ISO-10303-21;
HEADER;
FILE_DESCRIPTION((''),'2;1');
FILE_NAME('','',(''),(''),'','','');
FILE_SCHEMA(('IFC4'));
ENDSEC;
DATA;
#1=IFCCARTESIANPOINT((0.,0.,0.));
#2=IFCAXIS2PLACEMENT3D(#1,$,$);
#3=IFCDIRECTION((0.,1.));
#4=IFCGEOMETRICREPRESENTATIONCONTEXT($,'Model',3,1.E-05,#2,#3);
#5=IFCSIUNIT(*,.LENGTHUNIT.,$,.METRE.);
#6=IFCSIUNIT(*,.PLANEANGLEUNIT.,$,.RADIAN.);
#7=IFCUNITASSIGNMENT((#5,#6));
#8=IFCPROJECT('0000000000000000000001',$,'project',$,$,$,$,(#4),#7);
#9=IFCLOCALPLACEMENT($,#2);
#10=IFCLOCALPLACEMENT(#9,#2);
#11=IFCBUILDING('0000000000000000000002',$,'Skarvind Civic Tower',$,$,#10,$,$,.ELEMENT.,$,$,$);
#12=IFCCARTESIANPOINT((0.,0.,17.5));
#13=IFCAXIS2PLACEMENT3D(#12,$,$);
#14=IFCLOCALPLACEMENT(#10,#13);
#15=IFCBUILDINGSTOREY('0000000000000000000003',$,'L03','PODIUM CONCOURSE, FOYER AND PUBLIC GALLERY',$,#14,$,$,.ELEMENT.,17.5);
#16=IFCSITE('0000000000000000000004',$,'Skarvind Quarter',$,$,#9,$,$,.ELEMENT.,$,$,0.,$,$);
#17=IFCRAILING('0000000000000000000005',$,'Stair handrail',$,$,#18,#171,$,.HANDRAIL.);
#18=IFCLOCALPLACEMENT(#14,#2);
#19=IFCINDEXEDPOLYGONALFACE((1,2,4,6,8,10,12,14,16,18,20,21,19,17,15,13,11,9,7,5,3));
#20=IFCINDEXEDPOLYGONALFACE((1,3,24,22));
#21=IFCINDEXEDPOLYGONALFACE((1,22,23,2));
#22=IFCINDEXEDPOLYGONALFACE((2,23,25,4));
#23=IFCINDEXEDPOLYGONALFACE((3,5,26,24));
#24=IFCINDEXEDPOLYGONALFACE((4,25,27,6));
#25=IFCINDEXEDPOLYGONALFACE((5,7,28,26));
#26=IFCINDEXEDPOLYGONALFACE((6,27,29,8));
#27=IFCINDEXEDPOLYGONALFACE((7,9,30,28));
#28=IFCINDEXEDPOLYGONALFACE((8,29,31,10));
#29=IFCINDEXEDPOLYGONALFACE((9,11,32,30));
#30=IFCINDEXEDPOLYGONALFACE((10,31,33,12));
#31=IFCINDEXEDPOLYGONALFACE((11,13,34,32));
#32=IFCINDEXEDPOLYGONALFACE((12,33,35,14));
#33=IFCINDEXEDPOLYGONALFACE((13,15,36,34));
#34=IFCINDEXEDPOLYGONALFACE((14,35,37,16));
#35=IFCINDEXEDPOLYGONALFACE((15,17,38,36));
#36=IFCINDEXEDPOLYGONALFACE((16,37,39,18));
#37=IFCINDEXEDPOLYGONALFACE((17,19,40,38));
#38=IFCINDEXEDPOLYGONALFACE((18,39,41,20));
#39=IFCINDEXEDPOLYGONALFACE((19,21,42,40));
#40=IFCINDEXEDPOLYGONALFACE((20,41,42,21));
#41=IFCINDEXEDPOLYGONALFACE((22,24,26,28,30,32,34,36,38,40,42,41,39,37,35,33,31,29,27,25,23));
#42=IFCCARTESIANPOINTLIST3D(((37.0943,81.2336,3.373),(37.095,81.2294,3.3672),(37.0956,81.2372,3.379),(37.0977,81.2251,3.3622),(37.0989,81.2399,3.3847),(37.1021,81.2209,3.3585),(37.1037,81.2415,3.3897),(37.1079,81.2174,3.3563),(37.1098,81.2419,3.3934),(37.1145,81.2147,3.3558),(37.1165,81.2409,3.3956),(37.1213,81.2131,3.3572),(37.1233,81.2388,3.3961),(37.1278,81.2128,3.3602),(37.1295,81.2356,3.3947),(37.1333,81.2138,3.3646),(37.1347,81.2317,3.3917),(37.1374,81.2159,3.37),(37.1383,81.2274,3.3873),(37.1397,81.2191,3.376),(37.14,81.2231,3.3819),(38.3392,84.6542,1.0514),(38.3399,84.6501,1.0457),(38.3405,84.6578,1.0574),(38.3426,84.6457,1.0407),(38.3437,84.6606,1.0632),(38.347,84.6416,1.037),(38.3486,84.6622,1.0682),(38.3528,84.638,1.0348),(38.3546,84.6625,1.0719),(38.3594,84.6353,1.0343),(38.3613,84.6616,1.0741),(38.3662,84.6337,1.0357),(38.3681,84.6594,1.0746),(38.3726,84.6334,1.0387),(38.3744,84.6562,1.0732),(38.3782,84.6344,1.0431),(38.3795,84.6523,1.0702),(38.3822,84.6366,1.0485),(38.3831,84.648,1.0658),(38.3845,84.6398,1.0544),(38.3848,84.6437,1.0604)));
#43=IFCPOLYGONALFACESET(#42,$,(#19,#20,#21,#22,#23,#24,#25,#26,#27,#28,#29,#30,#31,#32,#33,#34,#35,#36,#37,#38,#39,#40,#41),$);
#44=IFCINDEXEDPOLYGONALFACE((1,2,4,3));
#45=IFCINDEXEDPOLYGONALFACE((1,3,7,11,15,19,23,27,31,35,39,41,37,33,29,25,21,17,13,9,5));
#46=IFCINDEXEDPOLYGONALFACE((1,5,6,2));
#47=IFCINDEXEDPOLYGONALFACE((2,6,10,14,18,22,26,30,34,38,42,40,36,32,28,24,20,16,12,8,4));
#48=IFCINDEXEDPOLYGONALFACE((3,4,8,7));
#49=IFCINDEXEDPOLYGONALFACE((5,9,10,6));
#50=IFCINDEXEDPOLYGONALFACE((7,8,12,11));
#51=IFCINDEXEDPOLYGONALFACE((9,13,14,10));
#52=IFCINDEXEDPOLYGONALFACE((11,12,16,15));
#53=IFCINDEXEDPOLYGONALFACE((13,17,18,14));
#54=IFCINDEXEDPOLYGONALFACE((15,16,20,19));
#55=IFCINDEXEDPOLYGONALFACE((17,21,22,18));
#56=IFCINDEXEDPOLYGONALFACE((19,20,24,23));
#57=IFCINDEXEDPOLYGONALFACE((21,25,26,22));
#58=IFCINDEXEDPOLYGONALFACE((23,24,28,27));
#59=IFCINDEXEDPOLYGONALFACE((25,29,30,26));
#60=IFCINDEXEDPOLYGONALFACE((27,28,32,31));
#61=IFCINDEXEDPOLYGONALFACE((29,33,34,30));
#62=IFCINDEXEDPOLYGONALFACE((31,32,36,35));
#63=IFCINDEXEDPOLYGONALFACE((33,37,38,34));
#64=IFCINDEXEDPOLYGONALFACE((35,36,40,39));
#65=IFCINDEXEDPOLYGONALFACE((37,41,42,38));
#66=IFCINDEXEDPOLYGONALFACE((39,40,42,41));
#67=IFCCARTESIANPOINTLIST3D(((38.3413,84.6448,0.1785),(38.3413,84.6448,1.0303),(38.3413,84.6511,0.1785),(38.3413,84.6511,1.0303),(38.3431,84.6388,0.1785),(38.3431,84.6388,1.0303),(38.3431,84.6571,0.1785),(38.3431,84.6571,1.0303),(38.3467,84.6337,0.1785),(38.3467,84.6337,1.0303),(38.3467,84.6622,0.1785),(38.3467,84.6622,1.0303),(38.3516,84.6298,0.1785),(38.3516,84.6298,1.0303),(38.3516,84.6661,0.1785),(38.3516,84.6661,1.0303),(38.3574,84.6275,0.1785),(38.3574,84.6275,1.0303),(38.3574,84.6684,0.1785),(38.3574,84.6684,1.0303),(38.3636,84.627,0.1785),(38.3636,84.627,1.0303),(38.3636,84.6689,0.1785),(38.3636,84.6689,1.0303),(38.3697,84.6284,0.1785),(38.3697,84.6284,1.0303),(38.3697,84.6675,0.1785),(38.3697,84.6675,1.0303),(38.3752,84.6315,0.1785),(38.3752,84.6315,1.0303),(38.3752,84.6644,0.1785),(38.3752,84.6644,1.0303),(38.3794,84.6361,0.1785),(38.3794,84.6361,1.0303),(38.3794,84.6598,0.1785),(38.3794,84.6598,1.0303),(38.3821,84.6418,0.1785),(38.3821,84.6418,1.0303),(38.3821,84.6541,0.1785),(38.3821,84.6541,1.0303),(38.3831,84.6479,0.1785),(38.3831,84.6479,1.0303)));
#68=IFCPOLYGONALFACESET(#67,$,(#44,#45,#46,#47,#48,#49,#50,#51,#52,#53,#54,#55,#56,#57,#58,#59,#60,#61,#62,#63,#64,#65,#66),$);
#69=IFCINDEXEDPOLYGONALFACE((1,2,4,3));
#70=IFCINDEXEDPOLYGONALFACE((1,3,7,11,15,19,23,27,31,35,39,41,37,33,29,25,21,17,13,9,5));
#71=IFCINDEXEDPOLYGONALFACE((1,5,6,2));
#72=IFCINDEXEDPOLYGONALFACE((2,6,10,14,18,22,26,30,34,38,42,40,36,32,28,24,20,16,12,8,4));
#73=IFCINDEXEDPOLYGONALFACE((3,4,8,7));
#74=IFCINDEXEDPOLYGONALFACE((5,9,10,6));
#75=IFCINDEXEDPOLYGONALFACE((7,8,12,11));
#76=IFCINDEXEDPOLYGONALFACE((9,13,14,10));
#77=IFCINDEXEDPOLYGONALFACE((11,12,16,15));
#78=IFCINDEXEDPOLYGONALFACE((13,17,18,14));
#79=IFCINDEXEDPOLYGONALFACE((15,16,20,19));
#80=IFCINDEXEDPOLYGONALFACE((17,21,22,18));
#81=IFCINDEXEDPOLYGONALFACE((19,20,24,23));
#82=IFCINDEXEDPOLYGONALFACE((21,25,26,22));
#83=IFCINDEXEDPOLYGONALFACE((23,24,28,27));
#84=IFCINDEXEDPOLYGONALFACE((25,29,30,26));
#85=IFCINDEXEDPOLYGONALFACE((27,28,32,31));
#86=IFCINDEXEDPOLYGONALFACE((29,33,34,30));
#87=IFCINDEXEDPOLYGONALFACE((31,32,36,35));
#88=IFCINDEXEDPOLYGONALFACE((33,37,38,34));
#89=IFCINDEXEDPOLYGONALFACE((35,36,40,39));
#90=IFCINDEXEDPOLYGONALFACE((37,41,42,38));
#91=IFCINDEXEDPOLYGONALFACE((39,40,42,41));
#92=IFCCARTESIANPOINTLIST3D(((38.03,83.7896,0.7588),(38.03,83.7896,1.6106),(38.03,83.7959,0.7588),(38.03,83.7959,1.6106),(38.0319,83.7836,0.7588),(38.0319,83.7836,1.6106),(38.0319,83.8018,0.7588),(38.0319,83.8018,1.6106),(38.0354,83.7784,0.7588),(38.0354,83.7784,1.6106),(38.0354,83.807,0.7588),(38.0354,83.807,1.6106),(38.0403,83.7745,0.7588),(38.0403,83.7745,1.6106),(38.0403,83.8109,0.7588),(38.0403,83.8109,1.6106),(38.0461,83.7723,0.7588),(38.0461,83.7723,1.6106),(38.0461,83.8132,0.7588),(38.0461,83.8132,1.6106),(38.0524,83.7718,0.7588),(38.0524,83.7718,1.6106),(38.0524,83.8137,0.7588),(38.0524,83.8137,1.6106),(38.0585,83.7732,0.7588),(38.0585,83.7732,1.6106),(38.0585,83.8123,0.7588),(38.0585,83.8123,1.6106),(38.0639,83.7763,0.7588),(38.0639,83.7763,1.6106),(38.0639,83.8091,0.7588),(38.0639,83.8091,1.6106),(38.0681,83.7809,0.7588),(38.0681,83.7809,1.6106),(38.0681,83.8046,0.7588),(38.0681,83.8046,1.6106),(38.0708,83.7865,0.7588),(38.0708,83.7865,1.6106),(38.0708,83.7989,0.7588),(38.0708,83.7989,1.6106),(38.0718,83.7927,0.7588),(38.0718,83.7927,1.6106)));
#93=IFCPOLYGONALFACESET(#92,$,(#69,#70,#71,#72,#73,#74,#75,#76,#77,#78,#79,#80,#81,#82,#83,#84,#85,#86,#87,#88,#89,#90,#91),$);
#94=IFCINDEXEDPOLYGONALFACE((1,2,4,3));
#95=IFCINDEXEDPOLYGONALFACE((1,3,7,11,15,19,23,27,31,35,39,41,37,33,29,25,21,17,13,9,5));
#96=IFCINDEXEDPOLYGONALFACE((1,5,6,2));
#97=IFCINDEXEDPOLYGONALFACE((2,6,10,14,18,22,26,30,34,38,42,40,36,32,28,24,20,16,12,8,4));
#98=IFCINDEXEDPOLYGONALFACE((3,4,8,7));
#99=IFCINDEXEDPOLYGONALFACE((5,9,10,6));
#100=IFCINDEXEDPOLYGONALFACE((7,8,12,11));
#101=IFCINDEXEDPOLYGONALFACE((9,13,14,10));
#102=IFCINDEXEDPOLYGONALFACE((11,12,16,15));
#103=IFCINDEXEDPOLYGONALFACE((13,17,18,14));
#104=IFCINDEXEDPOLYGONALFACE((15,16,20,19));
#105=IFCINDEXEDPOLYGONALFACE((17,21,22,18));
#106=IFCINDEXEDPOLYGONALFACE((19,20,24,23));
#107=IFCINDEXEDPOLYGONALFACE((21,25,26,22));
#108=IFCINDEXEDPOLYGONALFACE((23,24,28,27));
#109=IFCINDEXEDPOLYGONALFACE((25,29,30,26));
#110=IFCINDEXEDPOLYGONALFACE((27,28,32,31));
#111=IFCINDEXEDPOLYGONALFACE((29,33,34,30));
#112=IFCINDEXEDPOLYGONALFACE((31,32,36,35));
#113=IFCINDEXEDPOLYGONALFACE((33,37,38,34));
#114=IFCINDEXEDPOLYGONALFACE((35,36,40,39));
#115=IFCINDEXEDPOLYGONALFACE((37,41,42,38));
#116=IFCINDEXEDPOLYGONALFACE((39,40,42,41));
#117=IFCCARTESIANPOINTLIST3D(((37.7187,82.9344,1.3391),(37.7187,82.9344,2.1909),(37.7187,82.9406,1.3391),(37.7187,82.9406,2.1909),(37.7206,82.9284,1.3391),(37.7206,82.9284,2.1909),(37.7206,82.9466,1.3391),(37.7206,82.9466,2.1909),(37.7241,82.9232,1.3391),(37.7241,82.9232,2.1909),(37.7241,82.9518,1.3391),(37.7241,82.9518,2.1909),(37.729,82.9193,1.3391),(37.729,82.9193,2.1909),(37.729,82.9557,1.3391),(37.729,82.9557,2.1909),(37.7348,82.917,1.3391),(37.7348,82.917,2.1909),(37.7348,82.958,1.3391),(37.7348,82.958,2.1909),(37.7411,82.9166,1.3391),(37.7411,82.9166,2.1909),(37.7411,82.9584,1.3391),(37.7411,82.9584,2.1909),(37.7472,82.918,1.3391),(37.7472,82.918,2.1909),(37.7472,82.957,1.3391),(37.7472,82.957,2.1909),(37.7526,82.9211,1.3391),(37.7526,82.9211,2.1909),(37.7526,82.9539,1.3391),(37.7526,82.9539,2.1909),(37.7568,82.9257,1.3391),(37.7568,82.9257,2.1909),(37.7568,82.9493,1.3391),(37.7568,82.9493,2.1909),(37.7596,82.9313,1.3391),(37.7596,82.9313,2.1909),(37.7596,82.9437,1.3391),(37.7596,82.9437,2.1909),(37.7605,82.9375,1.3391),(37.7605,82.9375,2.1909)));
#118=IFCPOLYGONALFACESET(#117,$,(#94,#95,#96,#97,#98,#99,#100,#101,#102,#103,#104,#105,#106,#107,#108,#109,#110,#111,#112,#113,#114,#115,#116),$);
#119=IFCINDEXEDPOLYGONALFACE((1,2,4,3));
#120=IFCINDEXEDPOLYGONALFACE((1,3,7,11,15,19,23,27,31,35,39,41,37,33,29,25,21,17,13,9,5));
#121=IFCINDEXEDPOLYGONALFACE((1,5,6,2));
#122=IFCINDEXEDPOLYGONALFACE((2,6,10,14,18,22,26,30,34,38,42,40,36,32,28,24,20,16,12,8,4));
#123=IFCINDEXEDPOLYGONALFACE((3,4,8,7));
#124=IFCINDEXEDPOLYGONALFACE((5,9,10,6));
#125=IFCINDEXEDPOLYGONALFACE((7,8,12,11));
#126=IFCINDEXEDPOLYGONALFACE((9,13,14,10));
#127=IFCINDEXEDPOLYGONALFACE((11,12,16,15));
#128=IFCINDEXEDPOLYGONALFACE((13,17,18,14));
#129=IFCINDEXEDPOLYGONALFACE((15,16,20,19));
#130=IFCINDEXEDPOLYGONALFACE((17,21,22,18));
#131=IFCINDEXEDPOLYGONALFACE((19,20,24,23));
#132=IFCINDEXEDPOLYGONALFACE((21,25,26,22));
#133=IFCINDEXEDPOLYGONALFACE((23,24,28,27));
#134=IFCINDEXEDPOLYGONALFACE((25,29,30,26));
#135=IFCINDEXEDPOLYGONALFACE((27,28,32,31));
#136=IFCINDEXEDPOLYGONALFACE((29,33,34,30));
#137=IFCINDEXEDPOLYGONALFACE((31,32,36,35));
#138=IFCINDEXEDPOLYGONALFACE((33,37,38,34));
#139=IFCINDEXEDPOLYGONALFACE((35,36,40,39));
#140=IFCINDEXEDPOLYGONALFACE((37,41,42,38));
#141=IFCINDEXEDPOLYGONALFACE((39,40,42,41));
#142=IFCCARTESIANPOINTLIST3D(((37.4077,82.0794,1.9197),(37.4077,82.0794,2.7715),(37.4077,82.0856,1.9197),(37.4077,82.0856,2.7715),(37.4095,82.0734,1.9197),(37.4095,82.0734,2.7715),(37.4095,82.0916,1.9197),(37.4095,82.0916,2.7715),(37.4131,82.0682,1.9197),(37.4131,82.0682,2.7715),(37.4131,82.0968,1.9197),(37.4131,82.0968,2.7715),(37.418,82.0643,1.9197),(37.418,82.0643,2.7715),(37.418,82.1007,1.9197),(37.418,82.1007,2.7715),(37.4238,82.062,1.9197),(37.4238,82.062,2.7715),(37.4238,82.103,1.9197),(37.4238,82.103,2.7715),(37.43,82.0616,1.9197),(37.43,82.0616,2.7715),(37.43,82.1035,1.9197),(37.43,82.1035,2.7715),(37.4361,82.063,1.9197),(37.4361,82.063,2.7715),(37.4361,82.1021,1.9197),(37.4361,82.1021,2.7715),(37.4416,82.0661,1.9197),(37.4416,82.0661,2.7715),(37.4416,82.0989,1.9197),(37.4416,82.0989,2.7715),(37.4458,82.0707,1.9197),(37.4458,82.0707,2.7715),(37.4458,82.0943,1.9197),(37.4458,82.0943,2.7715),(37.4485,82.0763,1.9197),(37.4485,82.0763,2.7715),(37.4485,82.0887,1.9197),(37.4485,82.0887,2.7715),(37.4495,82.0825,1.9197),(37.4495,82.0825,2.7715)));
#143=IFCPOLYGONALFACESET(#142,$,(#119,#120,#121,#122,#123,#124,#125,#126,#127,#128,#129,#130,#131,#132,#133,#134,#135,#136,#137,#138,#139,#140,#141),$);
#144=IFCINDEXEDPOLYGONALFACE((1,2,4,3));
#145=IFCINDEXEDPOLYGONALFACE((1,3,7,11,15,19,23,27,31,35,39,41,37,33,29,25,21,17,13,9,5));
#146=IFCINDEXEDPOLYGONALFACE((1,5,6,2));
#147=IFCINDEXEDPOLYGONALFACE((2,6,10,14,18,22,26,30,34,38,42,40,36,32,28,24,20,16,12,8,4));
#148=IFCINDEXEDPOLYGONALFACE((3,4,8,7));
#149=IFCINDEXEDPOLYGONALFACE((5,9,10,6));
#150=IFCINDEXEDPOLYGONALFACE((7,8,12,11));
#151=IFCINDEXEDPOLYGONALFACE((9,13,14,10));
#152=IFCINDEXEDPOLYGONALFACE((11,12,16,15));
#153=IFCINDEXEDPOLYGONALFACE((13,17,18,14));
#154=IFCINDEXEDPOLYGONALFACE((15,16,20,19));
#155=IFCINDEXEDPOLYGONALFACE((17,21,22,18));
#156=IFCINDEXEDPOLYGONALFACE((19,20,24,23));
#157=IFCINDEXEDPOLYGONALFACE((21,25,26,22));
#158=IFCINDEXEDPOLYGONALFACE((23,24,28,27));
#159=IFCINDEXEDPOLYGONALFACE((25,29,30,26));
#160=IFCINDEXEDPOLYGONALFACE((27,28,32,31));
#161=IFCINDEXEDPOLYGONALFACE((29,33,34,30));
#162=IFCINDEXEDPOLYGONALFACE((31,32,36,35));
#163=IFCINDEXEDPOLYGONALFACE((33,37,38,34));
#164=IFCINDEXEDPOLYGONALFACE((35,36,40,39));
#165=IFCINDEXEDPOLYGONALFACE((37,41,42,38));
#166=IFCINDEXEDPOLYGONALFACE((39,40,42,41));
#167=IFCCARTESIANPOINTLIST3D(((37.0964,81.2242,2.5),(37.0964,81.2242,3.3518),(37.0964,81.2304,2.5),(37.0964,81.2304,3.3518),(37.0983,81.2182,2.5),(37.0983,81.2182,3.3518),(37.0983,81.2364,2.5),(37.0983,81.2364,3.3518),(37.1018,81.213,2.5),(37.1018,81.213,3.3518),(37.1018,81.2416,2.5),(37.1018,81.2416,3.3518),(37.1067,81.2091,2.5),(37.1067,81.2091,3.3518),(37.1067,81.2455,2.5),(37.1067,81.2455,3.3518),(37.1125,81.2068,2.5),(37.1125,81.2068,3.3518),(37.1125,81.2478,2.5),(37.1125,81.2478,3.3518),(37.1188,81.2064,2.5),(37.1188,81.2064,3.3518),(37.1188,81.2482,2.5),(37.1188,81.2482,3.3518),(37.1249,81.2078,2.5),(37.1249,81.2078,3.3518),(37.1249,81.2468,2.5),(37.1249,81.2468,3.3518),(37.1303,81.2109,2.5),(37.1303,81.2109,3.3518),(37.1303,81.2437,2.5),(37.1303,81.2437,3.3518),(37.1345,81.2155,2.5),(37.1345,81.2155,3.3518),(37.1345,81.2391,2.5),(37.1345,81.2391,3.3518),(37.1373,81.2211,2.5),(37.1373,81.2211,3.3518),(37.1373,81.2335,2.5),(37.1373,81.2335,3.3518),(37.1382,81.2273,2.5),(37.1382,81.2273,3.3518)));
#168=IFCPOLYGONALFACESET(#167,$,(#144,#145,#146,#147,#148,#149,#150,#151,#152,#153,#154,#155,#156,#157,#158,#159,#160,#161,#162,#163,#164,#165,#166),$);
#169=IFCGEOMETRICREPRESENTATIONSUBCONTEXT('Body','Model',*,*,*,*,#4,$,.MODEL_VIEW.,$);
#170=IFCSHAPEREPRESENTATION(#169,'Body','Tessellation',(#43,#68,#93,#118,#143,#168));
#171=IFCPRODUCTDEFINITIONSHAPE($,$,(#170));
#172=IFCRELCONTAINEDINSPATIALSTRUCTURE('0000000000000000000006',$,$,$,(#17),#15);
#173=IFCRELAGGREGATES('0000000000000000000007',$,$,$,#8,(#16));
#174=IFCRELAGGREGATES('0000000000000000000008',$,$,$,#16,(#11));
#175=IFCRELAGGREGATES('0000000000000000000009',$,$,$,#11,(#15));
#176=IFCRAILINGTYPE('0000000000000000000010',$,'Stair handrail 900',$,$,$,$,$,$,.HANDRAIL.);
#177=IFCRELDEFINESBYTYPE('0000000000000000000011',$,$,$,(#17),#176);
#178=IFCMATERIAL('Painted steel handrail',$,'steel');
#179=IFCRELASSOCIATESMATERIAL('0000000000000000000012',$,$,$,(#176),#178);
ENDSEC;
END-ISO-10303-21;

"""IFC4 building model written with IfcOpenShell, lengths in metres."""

from ifc_helpers import new_model, si_unit, direction, frame, origin, origin_2d, place, context, subcontext, project, spatial, circle, extrude, material, type_object, element, save


model = new_model("IFC4")

# Units and contexts
model_context = context("Model", 3, precision=1e-05, world=origin(), true_north=direction((0.0, 1.0)))
body_context = subcontext(model_context, "Body", "Model", "MODEL_VIEW")
ifc_project = project(units=[si_unit("LENGTHUNIT", "METRE"), si_unit("PLANEANGLEUNIT", "RADIAN")], contexts=[model_context])

# Site, building, storey
site_placement = place(None, origin())
site = spatial("IfcSite", under=ifc_project, at=site_placement, Name="Skarvind Quarter", CompositionType="ELEMENT", RefElevation=0.0)
building_placement = place(site_placement, origin())
building = spatial("IfcBuilding", under=site, at=building_placement, Name="Skarvind Civic Tower", CompositionType="ELEMENT")
storey_placement = place(building_placement, frame((0.0, 0.0, 17.5)))
storey = spatial("IfcBuildingStorey", under=building, at=storey_placement, Name="L03", Description="PODIUM CONCOURSE, FOYER AND PUBLIC GALLERY", CompositionType="ELEMENT", Elevation=17.5)

# Railing
ifc_material_1 = material(Name="Painted steel handrail", Category="steel")
railing_type = type_object("IfcRailingType", Name="Stair handrail 900", PredefinedType="HANDRAIL", material=ifc_material_1)
railing_placement = place(storey_placement, frame((38.3621, 84.6479, 0.1785)))
element("IfcRailing", 1, at=railing_placement, inside=storey, type_object=railing_type, Name="Stair handrail", PredefinedType="HANDRAIL", context=body_context, shape_type="SweptSolid", body=[
    extrude(circle(Radius=0.0239, at=origin_2d()), frame((0.0, 0.0, 0.876), z_axis=(-0.288337, -0.792292, 0.537713), x_axis=(0.939705, -0.341985, 0.0)), (0.0, 0.0, 1.0), 4.3174),
    extrude(circle(Radius=0.021, at=origin_2d()), origin(), (0.0, 0.0, 1.0), 0.8518),
    extrude(circle(Radius=0.021, at=origin_2d()), frame((-0.3113, -0.8552, 0.5803)), (0.0, 0.0, 1.0), 0.8518),
    extrude(circle(Radius=0.021, at=origin_2d()), frame((-0.6226, -1.7104, 1.1606)), (0.0, 0.0, 1.0), 0.8518),
    extrude(circle(Radius=0.021, at=origin_2d()), frame((-0.9336, -2.5654, 1.7412)), (0.0, 0.0, 1.0), 0.8518),
    extrude(circle(Radius=0.021, at=origin_2d()), frame((-1.2449, -3.4207, 2.3215)), (0.0, 0.0, 1.0), 0.8518),
])

save(model, "model.ifc")
